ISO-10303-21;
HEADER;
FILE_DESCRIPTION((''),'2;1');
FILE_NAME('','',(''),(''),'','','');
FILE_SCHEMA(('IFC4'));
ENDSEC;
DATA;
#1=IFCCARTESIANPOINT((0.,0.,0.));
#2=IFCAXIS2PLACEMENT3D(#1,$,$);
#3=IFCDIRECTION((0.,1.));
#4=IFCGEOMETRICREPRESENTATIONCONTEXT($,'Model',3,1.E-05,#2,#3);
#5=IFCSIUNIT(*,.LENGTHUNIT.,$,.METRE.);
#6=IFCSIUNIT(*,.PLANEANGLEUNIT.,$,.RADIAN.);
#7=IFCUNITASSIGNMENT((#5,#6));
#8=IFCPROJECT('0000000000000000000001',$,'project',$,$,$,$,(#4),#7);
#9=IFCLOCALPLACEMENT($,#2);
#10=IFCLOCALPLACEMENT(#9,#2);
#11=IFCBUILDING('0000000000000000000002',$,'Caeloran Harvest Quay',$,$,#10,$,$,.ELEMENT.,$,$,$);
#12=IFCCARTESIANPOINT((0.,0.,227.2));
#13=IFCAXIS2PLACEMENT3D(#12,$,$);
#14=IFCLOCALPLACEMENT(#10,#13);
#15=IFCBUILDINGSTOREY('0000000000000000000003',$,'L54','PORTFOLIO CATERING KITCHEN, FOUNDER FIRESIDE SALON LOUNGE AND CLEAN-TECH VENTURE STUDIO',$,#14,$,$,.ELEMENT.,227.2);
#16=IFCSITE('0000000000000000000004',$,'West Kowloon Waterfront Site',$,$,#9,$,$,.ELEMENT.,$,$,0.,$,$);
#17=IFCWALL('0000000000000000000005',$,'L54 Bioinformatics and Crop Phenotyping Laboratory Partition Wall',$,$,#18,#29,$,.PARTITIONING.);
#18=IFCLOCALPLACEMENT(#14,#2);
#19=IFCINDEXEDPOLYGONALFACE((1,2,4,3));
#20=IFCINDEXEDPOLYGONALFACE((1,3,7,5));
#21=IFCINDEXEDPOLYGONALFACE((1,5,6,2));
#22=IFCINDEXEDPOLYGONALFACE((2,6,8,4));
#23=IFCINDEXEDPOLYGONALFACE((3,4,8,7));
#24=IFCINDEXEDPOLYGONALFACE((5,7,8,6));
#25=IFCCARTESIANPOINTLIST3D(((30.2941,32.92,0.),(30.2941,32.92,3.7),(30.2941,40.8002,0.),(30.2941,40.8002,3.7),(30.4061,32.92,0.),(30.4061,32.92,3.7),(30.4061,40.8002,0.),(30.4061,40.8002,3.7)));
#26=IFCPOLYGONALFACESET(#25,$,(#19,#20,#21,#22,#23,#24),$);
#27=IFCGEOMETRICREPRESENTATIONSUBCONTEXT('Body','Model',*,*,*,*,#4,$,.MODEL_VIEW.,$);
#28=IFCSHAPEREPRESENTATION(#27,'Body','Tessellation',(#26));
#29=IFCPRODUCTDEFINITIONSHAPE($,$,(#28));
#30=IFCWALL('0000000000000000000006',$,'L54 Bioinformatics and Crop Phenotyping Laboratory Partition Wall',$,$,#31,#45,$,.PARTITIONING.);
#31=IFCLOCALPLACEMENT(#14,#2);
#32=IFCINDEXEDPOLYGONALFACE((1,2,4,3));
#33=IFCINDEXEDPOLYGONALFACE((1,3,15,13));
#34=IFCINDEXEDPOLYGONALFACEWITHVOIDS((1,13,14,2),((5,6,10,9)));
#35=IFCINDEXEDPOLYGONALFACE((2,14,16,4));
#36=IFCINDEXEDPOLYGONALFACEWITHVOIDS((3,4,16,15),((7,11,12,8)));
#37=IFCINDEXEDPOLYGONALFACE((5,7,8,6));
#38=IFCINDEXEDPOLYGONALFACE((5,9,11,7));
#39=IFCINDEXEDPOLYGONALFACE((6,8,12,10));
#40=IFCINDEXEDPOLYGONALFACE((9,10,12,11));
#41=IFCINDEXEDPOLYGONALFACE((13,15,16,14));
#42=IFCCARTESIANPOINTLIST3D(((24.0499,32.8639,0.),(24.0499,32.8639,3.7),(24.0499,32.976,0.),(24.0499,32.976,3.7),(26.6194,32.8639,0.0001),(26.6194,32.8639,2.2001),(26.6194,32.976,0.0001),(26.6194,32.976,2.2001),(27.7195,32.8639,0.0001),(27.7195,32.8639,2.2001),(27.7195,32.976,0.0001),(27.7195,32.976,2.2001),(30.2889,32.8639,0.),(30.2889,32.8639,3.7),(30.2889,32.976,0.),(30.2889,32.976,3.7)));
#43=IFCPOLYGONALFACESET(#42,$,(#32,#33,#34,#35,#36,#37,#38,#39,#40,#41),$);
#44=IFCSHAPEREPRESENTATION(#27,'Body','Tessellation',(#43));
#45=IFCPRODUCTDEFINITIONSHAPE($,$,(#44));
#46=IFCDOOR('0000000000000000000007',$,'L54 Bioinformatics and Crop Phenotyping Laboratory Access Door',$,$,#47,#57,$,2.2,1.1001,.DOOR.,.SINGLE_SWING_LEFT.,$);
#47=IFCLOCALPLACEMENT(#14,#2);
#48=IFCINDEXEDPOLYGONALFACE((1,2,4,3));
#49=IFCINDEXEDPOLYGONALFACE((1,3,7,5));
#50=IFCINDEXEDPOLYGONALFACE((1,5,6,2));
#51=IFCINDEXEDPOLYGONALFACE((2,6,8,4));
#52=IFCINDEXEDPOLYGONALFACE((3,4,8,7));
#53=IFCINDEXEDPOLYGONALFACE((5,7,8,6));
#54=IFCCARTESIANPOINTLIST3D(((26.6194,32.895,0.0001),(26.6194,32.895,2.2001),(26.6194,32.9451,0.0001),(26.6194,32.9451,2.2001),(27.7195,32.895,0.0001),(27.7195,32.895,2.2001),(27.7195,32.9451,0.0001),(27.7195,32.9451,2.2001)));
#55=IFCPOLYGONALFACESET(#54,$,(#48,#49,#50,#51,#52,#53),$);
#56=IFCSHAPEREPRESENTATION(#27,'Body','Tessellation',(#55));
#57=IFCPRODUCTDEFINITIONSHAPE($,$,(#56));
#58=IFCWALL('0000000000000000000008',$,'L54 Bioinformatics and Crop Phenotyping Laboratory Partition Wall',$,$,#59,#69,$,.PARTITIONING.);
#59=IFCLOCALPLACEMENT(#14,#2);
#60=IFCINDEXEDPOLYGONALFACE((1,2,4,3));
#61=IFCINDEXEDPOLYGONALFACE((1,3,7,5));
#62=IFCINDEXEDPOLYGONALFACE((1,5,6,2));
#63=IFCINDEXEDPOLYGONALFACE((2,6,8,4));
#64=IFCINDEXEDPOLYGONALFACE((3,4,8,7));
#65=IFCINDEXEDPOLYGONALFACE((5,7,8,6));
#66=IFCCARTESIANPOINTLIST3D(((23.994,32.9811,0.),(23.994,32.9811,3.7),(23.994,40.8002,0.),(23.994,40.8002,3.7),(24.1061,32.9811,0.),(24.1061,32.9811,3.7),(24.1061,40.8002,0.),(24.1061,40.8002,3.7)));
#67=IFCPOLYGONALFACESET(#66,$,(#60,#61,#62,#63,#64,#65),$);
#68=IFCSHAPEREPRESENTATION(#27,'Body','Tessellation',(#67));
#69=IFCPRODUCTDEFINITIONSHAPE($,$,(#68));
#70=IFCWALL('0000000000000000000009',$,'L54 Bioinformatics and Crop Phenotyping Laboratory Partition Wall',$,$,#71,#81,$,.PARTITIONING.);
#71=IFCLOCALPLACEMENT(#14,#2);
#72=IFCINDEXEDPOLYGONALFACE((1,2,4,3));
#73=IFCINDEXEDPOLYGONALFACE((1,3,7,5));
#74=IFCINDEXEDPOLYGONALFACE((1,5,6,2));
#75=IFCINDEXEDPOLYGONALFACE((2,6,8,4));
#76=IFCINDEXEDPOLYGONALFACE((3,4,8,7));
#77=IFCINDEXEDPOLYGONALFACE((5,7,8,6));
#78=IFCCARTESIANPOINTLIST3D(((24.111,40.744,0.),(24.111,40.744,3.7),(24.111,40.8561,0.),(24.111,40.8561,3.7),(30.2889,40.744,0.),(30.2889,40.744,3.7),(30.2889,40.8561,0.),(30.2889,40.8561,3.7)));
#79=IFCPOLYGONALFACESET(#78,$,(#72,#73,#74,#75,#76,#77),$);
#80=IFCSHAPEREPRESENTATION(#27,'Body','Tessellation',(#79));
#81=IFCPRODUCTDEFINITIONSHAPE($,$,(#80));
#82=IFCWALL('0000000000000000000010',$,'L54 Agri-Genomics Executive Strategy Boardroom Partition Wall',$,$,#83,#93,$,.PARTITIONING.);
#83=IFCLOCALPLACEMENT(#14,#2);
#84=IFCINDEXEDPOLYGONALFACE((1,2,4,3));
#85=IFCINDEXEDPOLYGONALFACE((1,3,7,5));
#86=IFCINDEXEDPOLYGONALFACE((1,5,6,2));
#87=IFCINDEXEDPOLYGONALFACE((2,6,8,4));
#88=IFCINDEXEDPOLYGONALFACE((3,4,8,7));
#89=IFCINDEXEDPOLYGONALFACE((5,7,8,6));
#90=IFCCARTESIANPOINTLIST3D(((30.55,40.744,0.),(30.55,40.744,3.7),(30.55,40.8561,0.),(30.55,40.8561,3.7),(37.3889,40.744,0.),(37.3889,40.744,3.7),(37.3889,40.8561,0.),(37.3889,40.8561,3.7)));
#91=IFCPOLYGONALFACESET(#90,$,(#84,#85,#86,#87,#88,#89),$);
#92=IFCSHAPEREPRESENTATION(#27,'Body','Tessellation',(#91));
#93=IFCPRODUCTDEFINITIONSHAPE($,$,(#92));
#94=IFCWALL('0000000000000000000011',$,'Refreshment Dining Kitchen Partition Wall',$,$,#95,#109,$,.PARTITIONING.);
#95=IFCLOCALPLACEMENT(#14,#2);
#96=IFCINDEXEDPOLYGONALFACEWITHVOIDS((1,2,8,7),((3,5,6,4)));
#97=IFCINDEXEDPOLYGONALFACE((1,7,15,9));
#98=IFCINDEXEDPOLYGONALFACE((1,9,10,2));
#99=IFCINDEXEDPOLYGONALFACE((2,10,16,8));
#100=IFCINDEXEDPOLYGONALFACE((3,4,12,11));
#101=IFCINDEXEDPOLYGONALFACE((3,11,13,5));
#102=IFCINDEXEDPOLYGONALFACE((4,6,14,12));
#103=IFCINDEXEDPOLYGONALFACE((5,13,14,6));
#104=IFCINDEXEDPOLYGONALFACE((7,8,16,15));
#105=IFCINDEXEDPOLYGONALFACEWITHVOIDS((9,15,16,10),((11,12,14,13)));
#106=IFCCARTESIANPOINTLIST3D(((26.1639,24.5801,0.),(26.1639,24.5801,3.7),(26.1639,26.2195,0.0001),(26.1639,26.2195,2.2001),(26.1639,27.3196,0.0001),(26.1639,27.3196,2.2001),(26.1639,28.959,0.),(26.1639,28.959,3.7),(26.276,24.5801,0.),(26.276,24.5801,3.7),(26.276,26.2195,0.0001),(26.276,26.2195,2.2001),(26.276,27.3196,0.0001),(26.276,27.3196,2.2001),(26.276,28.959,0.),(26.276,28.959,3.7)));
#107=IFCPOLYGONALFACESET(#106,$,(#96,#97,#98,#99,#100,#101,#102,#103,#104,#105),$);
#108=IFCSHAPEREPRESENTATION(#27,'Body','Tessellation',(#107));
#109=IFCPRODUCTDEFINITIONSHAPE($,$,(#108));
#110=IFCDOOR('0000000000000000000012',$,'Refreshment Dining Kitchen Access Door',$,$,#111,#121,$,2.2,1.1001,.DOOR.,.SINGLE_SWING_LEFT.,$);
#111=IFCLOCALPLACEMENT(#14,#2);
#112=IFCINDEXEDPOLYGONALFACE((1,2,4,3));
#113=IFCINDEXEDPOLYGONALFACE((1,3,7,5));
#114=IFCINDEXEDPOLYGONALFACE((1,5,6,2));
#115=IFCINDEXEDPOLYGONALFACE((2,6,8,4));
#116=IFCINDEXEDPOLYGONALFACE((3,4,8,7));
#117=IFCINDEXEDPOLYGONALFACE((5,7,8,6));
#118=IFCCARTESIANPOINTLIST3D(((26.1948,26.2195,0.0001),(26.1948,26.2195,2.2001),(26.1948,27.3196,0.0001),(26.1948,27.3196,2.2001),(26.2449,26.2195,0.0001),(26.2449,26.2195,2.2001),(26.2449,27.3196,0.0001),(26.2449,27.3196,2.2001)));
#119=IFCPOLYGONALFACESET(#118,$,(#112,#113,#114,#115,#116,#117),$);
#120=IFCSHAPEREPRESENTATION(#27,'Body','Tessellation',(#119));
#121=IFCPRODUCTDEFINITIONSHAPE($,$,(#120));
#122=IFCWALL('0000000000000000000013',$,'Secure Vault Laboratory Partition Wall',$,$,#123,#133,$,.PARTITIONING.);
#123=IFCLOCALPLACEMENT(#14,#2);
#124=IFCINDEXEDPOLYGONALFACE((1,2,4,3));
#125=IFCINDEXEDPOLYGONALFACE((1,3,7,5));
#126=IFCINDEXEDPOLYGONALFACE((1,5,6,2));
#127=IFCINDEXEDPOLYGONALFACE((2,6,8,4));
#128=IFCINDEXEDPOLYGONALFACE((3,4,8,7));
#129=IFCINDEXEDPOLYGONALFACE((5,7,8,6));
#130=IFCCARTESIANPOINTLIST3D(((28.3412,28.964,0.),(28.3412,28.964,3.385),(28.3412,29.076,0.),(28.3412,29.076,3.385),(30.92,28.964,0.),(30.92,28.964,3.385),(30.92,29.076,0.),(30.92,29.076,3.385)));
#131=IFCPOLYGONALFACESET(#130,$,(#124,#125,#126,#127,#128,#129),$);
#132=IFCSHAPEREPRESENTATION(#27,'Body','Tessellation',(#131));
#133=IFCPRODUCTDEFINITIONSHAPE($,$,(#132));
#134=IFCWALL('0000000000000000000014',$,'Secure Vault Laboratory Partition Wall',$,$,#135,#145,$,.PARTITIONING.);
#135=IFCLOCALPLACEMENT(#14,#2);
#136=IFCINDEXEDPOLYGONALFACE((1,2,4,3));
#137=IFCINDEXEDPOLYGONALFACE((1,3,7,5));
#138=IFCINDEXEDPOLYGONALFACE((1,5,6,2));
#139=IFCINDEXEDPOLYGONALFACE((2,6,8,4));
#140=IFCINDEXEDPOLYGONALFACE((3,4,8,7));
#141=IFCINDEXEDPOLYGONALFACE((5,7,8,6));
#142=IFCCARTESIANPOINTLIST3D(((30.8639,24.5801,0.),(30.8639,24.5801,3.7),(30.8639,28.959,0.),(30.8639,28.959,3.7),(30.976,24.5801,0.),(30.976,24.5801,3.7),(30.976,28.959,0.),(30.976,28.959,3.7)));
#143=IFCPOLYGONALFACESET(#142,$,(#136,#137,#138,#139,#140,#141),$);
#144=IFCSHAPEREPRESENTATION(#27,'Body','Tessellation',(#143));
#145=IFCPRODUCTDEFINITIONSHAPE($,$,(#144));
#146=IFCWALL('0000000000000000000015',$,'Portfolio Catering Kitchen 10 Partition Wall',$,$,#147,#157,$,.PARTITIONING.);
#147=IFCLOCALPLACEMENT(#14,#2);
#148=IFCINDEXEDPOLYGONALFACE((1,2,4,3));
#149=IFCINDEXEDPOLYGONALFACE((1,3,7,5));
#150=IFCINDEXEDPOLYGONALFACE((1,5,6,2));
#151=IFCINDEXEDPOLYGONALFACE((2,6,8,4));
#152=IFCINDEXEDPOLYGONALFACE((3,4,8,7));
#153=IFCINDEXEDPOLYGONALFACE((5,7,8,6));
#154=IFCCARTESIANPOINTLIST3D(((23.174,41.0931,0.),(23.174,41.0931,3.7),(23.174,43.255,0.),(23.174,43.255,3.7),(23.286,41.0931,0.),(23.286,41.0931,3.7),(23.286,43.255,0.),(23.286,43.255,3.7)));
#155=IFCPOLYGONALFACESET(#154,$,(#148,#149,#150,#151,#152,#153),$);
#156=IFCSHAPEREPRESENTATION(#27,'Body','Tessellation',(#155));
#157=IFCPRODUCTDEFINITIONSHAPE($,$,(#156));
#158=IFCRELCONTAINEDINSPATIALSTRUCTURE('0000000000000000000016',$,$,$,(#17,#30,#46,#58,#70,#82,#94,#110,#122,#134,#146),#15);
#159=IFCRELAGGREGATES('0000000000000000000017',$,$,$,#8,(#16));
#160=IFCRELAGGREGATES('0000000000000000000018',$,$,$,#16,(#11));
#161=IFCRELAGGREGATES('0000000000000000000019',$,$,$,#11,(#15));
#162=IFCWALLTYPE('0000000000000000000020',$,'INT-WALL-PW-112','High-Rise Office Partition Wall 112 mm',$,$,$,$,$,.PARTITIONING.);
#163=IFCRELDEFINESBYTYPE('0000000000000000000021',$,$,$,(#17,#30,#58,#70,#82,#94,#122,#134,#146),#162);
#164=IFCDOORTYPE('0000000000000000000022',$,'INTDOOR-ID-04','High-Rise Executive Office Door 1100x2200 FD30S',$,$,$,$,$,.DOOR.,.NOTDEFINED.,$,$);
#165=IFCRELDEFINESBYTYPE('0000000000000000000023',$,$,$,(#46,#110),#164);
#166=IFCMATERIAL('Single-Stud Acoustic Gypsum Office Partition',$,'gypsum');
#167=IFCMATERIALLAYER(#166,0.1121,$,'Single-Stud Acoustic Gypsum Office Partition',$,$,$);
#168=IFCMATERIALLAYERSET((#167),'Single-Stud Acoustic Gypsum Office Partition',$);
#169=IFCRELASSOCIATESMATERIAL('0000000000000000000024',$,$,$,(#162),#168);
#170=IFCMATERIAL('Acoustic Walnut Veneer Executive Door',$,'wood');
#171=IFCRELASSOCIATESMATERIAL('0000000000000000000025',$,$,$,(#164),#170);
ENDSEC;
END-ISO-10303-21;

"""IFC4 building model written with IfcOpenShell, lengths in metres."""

from ifc_helpers import new_model, si_unit, direction, frame, frame_2d, origin, place, context, subcontext, project, spatial, rectangle, extrude, material, layer, layer_set, type_object, element, fill, save


model = new_model("IFC4")

# Units and contexts
model_context = context("Model", 3, precision=1e-05, world=origin(), true_north=direction((0.0, 1.0)))
body_context = subcontext(model_context, "Body", "Model", "MODEL_VIEW")
ifc_project = project(units=[si_unit("LENGTHUNIT", "METRE"), si_unit("PLANEANGLEUNIT", "RADIAN")], contexts=[model_context])

# Site, building, storey
site_placement = place(None, origin())
site = spatial("IfcSite", under=ifc_project, at=site_placement, Name="West Kowloon Waterfront Site", CompositionType="ELEMENT", RefElevation=0.0)
building_placement = place(site_placement, origin())
building = spatial("IfcBuilding", under=site, at=building_placement, Name="Caeloran Harvest Quay", CompositionType="ELEMENT")
storey_placement = place(building_placement, frame((0.0, 0.0, 227.2)))
storey = spatial("IfcBuildingStorey", under=building, at=storey_placement, Name="L54", Description="PORTFOLIO CATERING KITCHEN, FOUNDER FIRESIDE SALON LOUNGE AND CLEAN-TECH VENTURE STUDIO", CompositionType="ELEMENT", Elevation=227.2)

# Wall
ifc_material_1 = material(Name="Single-Stud Acoustic Gypsum Office Partition", Category="gypsum")
ifc_layer = layer(ifc_material_1, 0.1121, Name="Single-Stud Acoustic Gypsum Office Partition")
ifc_layer_set = layer_set([ifc_layer], Name="Single-Stud Acoustic Gypsum Office Partition")
wall_type = type_object("IfcWallType", Name="INT-WALL-PW-112", Description="High-Rise Office Partition Wall 112 mm", PredefinedType="PARTITIONING", material=ifc_layer_set)
wall_1_placement = place(storey_placement, frame((30.3501, 40.8, 0.0), z_axis=(0.0, 0.0, 1.0), x_axis=(0.0, -1.0, 0.0)))
element("IfcWall", 1, at=wall_1_placement, inside=storey, type_object=wall_type, Name="L54 Bioinformatics and Crop Phenotyping Laboratory Partition Wall", PredefinedType="PARTITIONING", context=body_context, shape_type="SweptSolid", body=[
    extrude(rectangle(XDim=7.8801, YDim=0.1121, at=frame_2d((3.9399, 0.0))), origin(), (0.0, 0.0, 1.0), 3.7),
])

# Wall, opening, door
wall_2_placement = place(storey_placement, frame((30.2891, 32.9199, 0.0), z_axis=(0.0, 0.0, 1.0), x_axis=(-1.0, 0.0, 0.0)))
wall_2 = element("IfcWall", 2, at=wall_2_placement, inside=storey, type_object=wall_type, Name="L54 Bioinformatics and Crop Phenotyping Laboratory Partition Wall", PredefinedType="PARTITIONING", context=body_context, shape_type="SweptSolid", body=[
    extrude(rectangle(XDim=6.239, YDim=0.1121, at=frame_2d((3.1196, 0.0))), origin(), (0.0, 0.0, 1.0), 3.7),
])
opening_1_placement = place(wall_2_placement, frame((2.5696, 0.0, 0.0)))
opening_1 = element("IfcOpeningElement", 3, at=opening_1_placement, cuts=wall_2, PredefinedType="OPENING", context=body_context, shape_type="SweptSolid", body=[
    extrude(rectangle(XDim=1.1001, YDim=2.2, at=frame_2d((0.55, 1.1001))), frame((0.0, 0.0659, 0.0), z_axis=(0.0, -1.0, 0.0), x_axis=(1.0, 0.0, 0.0)), (0.0, 0.0, 1.0), 0.1321),
])
ifc_material_2 = material(Name="Acoustic Walnut Veneer Executive Door", Category="wood")
door_type = type_object("IfcDoorType", Name="INTDOOR-ID-04", Description="High-Rise Executive Office Door 1100x2200 FD30S", OperationType="NOTDEFINED", PredefinedType="DOOR", material=ifc_material_2)
door_1_placement = place(opening_1_placement, origin())
door_1 = element("IfcDoor", 4, at=door_1_placement, inside=storey, type_object=door_type, Name="L54 Bioinformatics and Crop Phenotyping Laboratory Access Door", OperationType="SINGLE_SWING_LEFT", OverallHeight=2.2, OverallWidth=1.1001, PredefinedType="DOOR", context=body_context, shape_type="SweptSolid", body=[
    extrude(rectangle(XDim=1.1001, YDim=2.2, at=frame_2d((0.55, 1.1001))), frame((0.0, 0.0249, 0.0), z_axis=(0.0, -1.0, 0.0), x_axis=(1.0, 0.0, 0.0)), (0.0, 0.0, 1.0), 0.05),
])
fill(opening_1, door_1)

# Walls
wall_3_placement = place(storey_placement, frame((24.05, 32.981, 0.0), z_axis=(0.0, 0.0, 1.0), x_axis=(0.0, 1.0, 0.0)))
element("IfcWall", 5, at=wall_3_placement, inside=storey, type_object=wall_type, Name="L54 Bioinformatics and Crop Phenotyping Laboratory Partition Wall", PredefinedType="PARTITIONING", context=body_context, shape_type="SweptSolid", body=[
    extrude(rectangle(XDim=7.8191, YDim=0.1121, at=frame_2d((3.9097, 0.0))), origin(), (0.0, 0.0, 1.0), 3.7),
])
wall_4_placement = place(storey_placement, frame((24.1111, 40.8, 0.0), z_axis=(0.0, 0.0, 1.0), x_axis=(1.0, 0.0, 0.0)))
element("IfcWall", 6, at=wall_4_placement, inside=storey, type_object=wall_type, Name="L54 Bioinformatics and Crop Phenotyping Laboratory Partition Wall", PredefinedType="PARTITIONING", context=body_context, shape_type="SweptSolid", body=[
    extrude(rectangle(XDim=6.178, YDim=0.1121, at=frame_2d((3.0889, 0.0))), origin(), (0.0, 0.0, 1.0), 3.7),
])
wall_5_placement = place(storey_placement, frame((30.55, 40.8, 0.0), z_axis=(0.0, 0.0, 1.0), x_axis=(1.0, 0.0, 0.0)))
element("IfcWall", 7, at=wall_5_placement, inside=storey, type_object=wall_type, Name="L54 Agri-Genomics Executive Strategy Boardroom Partition Wall", PredefinedType="PARTITIONING", context=body_context, shape_type="SweptSolid", body=[
    extrude(rectangle(XDim=6.8389, YDim=0.1121, at=frame_2d((3.4194, 0.0))), origin(), (0.0, 0.0, 1.0), 3.7),
])

# Wall, opening, door
wall_6_placement = place(storey_placement, frame((26.22, 28.959, 0.0), z_axis=(0.0, 0.0, 1.0), x_axis=(0.0, -1.0, 0.0)))
wall_6 = element("IfcWall", 8, at=wall_6_placement, inside=storey, type_object=wall_type, Name="Refreshment Dining Kitchen Partition Wall", PredefinedType="PARTITIONING", context=body_context, shape_type="SweptSolid", body=[
    extrude(rectangle(XDim=4.3789, YDim=0.1121, at=frame_2d((2.1895, 0.0))), origin(), (0.0, 0.0, 1.0), 3.7),
])
opening_2_placement = place(wall_6_placement, frame((1.6394, 0.0, 0.0)))
opening_2 = element("IfcOpeningElement", 9, at=opening_2_placement, cuts=wall_6, PredefinedType="OPENING", context=body_context, shape_type="SweptSolid", body=[
    extrude(rectangle(XDim=1.1001, YDim=2.2, at=frame_2d((0.55, 1.1001))), frame((0.0, 0.0659, 0.0), z_axis=(0.0, -1.0, 0.0), x_axis=(1.0, 0.0, 0.0)), (0.0, 0.0, 1.0), 0.1321),
])
door_2_placement = place(opening_2_placement, origin())
door_2 = element("IfcDoor", 10, at=door_2_placement, inside=storey, type_object=door_type, Name="Refreshment Dining Kitchen Access Door", OperationType="SINGLE_SWING_LEFT", OverallHeight=2.2, OverallWidth=1.1001, PredefinedType="DOOR", context=body_context, shape_type="SweptSolid", body=[
    extrude(rectangle(XDim=1.1001, YDim=2.2, at=frame_2d((0.55, 1.1001))), frame((0.0, 0.0249, 0.0), z_axis=(0.0, -1.0, 0.0), x_axis=(1.0, 0.0, 0.0)), (0.0, 0.0, 1.0), 0.05),
])
fill(opening_2, door_2)

# Walls
wall_7_placement = place(storey_placement, frame((28.3411, 29.02, 0.0), z_axis=(0.0, 0.0, 1.0), x_axis=(1.0, 0.0, 0.0)))
element("IfcWall", 11, at=wall_7_placement, inside=storey, type_object=wall_type, Name="Secure Vault Laboratory Partition Wall", PredefinedType="PARTITIONING", context=body_context, shape_type="SweptSolid", body=[
    extrude(rectangle(XDim=2.5789, YDim=0.1121, at=frame_2d((1.2896, 0.0))), origin(), (0.0, 0.0, 1.0), 3.385),
])
wall_8_placement = place(storey_placement, frame((30.9199, 28.959, 0.0), z_axis=(0.0, 0.0, 1.0), x_axis=(0.0, -1.0, 0.0)))
element("IfcWall", 12, at=wall_8_placement, inside=storey, type_object=wall_type, Name="Secure Vault Laboratory Partition Wall", PredefinedType="PARTITIONING", context=body_context, shape_type="SweptSolid", body=[
    extrude(rectangle(XDim=4.3789, YDim=0.1121, at=frame_2d((2.1895, 0.0))), origin(), (0.0, 0.0, 1.0), 3.7),
])
wall_9_placement = place(storey_placement, frame((23.23, 41.093, 0.0), z_axis=(0.0, 0.0, 1.0), x_axis=(0.0, 1.0, 0.0)))
element("IfcWall", 13, at=wall_9_placement, inside=storey, type_object=wall_type, Name="Portfolio Catering Kitchen 10 Partition Wall", PredefinedType="PARTITIONING", context=body_context, shape_type="SweptSolid", body=[
    extrude(rectangle(XDim=2.1619, YDim=0.1121, at=frame_2d((1.0811, 0.0))), origin(), (0.0, 0.0, 1.0), 3.7),
])

save(model, "model.ifc")
